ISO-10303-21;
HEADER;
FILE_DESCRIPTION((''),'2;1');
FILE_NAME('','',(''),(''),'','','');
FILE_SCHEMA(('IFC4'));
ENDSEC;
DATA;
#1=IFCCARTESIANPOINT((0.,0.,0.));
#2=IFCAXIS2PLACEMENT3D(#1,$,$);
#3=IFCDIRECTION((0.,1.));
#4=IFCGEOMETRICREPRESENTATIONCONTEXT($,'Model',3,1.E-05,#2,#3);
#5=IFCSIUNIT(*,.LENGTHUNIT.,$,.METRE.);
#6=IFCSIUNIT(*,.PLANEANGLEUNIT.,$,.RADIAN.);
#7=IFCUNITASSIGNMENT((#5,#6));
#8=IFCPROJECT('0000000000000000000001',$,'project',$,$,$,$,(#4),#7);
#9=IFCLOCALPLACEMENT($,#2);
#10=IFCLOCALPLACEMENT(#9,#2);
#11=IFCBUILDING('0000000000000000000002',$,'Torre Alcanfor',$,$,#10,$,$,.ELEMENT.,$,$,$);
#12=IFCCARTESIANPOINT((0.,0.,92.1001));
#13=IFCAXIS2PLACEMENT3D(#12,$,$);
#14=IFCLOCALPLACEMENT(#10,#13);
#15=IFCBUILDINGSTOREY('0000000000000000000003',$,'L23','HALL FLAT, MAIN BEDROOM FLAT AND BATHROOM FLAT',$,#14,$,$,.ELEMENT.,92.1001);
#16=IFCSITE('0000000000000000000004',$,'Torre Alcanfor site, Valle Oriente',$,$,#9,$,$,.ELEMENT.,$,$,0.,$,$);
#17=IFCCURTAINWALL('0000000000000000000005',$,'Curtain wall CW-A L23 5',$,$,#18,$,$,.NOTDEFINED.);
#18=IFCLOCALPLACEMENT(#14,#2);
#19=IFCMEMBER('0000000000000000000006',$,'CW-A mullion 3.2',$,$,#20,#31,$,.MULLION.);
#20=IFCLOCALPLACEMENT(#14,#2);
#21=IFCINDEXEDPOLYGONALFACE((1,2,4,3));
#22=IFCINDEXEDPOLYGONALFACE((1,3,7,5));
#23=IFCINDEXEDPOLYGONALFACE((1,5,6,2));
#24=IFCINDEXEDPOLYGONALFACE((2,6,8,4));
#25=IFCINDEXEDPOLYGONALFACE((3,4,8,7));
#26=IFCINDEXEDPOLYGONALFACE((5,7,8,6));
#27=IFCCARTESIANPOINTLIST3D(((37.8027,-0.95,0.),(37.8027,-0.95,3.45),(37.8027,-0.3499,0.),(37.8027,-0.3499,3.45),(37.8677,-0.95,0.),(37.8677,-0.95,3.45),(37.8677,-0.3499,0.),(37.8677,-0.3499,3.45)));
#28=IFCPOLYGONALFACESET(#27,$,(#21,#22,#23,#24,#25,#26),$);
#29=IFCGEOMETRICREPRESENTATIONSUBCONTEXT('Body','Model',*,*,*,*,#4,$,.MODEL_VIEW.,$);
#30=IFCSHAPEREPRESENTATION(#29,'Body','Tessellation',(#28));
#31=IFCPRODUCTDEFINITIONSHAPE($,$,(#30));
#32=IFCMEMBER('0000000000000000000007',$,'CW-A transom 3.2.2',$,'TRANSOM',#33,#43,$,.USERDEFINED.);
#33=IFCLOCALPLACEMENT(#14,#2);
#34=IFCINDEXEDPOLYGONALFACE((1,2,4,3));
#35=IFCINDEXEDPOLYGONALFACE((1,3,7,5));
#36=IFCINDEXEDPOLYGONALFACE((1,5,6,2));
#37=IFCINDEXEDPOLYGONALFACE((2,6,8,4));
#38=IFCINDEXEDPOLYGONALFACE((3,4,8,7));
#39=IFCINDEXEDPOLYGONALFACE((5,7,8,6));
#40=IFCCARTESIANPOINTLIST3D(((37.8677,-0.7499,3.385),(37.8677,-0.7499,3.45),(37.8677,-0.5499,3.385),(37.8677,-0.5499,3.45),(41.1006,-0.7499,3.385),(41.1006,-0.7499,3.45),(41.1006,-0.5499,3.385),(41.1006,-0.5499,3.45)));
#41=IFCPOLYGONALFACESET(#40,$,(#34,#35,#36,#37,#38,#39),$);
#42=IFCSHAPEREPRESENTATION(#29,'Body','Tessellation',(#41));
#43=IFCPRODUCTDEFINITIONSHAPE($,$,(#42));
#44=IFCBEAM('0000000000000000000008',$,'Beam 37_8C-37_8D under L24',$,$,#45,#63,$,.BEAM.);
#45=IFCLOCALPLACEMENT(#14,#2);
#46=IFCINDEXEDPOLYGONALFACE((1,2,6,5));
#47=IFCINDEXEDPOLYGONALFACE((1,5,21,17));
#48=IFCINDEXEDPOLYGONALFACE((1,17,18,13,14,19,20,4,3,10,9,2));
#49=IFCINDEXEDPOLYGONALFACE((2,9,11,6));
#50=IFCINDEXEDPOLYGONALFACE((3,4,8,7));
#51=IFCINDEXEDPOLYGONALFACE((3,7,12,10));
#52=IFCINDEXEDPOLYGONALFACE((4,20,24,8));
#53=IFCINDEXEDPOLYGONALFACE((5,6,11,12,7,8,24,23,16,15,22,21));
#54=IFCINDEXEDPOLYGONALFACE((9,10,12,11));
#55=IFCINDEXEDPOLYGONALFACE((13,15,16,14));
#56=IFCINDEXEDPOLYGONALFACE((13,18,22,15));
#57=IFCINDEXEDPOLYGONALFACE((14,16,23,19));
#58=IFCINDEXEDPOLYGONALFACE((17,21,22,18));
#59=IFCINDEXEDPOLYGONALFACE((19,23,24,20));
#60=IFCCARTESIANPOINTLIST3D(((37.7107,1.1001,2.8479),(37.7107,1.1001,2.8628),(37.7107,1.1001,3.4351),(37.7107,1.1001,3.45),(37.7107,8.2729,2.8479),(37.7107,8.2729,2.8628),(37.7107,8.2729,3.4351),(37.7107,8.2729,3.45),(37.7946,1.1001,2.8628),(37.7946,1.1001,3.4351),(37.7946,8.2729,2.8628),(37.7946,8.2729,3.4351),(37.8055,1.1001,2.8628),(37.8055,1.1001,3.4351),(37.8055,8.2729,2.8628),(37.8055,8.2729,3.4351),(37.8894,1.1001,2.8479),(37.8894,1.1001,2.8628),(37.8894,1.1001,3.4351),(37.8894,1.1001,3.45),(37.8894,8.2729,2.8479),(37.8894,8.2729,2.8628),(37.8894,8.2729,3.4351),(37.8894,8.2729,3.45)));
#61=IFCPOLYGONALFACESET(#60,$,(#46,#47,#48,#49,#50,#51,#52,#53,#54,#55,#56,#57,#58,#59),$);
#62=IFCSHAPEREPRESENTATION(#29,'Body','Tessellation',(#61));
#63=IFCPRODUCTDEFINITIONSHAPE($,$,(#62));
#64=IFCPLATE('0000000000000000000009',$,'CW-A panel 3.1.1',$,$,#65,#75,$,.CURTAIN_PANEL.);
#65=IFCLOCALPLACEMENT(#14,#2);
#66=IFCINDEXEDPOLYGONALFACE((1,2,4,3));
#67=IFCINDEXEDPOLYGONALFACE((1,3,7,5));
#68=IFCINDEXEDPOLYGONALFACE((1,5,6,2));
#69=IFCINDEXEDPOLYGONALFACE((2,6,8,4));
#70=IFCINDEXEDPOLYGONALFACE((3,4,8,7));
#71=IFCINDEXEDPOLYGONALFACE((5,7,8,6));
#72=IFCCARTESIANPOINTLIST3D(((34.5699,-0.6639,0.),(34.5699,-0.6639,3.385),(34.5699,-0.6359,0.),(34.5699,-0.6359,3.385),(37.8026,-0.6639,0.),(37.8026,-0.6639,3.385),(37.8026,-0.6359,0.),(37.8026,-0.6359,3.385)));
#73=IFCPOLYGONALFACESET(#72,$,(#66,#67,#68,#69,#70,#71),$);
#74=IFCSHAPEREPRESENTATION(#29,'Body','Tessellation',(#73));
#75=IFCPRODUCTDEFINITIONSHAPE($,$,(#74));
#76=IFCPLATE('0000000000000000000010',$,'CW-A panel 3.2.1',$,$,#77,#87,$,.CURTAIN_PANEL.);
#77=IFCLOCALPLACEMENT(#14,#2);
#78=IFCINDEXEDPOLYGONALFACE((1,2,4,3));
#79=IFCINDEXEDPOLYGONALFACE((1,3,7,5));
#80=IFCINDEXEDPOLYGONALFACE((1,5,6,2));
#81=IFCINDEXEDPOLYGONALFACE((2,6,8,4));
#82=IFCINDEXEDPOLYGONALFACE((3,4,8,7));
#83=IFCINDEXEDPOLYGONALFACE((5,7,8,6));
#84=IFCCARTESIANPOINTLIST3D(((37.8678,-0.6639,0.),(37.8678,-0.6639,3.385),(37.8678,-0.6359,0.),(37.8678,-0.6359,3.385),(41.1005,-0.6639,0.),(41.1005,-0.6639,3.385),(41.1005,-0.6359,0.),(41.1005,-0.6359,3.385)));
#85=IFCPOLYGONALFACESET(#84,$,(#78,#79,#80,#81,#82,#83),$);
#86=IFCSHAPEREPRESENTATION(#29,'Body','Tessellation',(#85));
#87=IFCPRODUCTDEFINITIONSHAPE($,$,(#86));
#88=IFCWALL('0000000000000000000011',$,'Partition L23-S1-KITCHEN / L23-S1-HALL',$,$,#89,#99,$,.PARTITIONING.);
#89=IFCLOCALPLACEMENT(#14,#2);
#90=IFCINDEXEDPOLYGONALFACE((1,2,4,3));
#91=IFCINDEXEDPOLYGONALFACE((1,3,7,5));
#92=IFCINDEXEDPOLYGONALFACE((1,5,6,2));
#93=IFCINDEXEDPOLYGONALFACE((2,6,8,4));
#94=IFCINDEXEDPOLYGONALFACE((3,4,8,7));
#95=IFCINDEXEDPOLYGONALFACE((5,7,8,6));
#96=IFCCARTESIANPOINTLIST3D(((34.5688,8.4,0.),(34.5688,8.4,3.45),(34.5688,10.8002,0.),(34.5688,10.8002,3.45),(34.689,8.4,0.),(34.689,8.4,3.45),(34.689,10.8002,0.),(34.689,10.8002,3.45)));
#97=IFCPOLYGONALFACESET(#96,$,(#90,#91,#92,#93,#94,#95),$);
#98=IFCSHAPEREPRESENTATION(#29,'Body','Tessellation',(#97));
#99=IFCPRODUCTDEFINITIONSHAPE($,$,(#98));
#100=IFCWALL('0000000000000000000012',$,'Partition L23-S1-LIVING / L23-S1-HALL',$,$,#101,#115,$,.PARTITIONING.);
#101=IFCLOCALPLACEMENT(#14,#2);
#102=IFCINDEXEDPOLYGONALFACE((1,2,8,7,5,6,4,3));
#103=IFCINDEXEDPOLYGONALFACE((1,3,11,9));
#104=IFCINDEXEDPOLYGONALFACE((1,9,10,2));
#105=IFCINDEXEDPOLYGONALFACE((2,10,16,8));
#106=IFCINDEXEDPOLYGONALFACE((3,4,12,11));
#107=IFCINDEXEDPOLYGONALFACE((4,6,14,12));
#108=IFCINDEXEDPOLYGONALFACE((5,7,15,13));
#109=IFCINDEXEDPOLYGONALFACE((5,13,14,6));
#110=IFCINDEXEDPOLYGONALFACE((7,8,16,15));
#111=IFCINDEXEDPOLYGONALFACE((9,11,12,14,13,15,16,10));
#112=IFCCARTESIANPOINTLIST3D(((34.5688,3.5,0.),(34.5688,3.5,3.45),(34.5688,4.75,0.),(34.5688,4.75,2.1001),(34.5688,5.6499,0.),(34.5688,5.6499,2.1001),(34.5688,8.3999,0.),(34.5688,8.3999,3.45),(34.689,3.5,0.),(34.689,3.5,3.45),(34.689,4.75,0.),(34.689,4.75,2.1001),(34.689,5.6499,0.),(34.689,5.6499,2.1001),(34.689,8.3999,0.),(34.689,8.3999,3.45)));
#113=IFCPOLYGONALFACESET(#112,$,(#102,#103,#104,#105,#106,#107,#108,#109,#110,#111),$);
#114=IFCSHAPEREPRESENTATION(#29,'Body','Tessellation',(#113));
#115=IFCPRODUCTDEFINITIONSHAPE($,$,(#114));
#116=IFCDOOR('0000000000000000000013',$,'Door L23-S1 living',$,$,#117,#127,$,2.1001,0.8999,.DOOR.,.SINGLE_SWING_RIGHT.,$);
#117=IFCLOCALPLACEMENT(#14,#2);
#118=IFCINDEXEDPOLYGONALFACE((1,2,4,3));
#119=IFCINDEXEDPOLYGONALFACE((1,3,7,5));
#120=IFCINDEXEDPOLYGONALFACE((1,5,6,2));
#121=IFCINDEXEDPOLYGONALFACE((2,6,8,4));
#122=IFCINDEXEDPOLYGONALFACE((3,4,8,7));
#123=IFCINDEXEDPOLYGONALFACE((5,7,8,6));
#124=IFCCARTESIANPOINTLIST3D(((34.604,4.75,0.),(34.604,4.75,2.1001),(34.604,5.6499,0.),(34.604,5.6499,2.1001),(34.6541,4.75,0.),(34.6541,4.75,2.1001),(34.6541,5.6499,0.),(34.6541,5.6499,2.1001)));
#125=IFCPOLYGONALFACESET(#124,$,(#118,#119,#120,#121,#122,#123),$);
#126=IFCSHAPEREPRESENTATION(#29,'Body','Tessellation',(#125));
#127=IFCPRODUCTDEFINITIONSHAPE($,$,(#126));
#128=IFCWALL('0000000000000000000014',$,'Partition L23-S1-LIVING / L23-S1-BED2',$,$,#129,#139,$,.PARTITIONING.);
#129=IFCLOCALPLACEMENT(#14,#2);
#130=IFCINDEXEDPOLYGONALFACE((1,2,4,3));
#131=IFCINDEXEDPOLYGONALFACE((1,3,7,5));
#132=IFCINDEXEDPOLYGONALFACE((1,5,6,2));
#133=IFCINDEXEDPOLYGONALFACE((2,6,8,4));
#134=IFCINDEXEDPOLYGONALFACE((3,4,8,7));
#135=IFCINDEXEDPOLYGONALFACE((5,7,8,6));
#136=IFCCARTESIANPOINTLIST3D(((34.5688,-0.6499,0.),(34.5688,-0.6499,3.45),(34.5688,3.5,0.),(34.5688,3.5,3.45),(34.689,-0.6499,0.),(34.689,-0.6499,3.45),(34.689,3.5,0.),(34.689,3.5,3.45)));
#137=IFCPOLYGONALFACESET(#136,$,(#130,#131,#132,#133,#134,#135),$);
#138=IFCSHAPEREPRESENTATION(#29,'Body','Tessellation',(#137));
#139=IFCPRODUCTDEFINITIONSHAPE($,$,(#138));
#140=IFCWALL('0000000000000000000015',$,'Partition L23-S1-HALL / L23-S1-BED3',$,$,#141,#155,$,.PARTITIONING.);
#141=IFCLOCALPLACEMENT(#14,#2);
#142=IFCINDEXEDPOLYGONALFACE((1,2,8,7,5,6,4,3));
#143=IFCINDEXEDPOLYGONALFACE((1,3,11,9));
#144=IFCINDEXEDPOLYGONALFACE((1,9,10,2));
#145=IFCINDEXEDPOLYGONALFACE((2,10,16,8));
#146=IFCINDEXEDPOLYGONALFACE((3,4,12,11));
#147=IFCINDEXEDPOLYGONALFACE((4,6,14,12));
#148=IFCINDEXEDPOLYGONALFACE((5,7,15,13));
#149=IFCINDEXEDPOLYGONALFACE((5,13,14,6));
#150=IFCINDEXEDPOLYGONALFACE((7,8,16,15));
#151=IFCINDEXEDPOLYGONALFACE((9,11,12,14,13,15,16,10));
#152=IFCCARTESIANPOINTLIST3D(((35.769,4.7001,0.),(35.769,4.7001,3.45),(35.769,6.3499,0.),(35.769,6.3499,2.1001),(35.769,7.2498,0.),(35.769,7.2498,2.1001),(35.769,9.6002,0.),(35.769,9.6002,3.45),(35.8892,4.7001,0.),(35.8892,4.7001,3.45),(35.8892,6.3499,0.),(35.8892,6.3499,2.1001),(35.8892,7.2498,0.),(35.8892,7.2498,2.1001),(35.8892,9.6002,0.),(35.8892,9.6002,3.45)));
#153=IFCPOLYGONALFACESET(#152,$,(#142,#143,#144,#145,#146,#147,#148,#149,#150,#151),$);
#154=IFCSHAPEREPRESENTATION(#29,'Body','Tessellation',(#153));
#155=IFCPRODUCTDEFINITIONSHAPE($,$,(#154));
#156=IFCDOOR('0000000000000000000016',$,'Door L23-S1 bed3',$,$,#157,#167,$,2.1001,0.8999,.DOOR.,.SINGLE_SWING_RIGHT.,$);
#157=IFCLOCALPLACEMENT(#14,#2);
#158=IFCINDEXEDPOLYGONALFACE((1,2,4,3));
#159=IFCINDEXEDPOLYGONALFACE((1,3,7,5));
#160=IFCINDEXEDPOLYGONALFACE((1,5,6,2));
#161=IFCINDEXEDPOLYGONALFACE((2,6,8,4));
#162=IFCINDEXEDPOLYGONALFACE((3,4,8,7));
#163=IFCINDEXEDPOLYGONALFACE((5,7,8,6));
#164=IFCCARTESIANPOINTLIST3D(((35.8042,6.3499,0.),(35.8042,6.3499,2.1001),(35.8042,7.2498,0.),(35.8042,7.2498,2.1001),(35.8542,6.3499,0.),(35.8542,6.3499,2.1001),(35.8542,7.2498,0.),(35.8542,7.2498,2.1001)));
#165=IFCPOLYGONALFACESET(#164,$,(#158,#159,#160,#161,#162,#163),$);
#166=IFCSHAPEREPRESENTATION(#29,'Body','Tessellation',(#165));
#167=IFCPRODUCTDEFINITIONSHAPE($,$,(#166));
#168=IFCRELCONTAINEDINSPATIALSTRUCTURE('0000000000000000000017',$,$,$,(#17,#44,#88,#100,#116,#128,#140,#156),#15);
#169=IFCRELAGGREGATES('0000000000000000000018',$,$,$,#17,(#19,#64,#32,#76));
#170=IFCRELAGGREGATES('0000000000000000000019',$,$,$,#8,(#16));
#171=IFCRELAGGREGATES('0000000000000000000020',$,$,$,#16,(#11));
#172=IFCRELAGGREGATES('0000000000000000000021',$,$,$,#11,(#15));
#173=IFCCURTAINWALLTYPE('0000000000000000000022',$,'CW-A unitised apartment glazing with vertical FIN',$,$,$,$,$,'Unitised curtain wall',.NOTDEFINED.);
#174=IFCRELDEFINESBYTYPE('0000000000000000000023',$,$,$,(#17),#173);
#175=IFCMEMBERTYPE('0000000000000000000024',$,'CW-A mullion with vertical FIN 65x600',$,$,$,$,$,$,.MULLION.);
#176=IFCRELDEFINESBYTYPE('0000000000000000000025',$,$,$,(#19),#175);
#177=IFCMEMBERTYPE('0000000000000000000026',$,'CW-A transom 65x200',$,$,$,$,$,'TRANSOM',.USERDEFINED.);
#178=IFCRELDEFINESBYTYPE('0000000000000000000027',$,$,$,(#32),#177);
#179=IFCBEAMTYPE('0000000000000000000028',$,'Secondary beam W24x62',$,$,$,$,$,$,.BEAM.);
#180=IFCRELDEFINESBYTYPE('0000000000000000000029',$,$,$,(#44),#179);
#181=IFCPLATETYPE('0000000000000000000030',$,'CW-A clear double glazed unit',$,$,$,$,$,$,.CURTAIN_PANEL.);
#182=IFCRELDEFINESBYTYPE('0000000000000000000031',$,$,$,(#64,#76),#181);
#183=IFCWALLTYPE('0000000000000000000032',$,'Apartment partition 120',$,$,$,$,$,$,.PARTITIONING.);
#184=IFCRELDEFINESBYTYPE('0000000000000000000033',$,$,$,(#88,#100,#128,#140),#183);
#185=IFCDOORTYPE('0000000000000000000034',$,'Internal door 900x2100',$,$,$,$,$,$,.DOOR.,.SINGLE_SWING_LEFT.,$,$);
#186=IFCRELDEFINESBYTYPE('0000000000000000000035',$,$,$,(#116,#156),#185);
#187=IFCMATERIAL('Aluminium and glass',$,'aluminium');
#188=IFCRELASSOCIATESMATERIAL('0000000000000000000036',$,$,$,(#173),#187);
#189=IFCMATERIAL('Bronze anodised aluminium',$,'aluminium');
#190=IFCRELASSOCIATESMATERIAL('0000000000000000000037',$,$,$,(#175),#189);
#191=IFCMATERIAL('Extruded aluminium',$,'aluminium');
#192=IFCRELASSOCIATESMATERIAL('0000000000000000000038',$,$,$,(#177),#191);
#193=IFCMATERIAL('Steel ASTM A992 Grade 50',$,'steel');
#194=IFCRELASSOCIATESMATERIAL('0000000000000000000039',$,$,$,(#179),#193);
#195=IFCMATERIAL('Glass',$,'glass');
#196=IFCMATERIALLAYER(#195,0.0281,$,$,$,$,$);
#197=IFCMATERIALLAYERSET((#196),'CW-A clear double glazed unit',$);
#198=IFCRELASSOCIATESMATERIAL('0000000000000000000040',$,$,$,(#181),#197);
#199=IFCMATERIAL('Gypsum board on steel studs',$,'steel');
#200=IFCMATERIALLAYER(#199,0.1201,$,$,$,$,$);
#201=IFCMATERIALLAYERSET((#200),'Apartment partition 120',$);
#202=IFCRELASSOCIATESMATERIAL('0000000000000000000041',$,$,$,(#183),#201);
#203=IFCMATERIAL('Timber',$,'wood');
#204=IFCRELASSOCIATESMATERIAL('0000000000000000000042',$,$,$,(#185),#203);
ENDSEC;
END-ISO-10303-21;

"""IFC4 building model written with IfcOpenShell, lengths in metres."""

from ifc_helpers import new_model, si_unit, direction, frame, frame_2d, origin, origin_2d, place, context, subcontext, project, spatial, rectangle, i_section, extrude, material, layer, layer_set, material_profile, profile_set, type_object, element, fill, aggregate, save


model = new_model("IFC4")

# Units and contexts
model_context = context("Model", 3, precision=1e-05, world=origin(), true_north=direction((0.0, 1.0)))
body_context = subcontext(model_context, "Body", "Model", "MODEL_VIEW")
ifc_project = project(units=[si_unit("LENGTHUNIT", "METRE"), si_unit("PLANEANGLEUNIT", "RADIAN")], contexts=[model_context])

# Site, building, storey
site_placement = place(None, origin())
site = spatial("IfcSite", under=ifc_project, at=site_placement, Name="Torre Alcanfor site, Valle Oriente", CompositionType="ELEMENT", RefElevation=0.0)
building_placement = place(site_placement, origin())
building = spatial("IfcBuilding", under=site, at=building_placement, Name="Torre Alcanfor", CompositionType="ELEMENT")
storey_placement = place(building_placement, frame((0.0, 0.0, 92.1001)))
storey = spatial("IfcBuildingStorey", under=building, at=storey_placement, Name="L23", Description="HALL FLAT, MAIN BEDROOM FLAT AND BATHROOM FLAT", CompositionType="ELEMENT", Elevation=92.1001)

# Curtain wall, members
ifc_material_1 = material(Name="Aluminium and glass", Category="aluminium")
curtain_wall_type = type_object("IfcCurtainWallType", Name="CW-A unitised apartment glazing with vertical FIN", ElementType="Unitised curtain wall", PredefinedType="NOTDEFINED", material=ifc_material_1)
curtain_wall_placement = place(storey_placement, origin())
curtain_wall = element("IfcCurtainWall", 1, at=curtain_wall_placement, inside=storey, type_object=curtain_wall_type, Name="Curtain wall CW-A L23 5", PredefinedType="NOTDEFINED")
ifc_material_2 = material(Name="Bronze anodised aluminium", Category="aluminium")
ifc_material_profile_1 = material_profile(ifc_material_2, rectangle(XDim=0.6001, YDim=0.0649, at=origin_2d()), Name="CW-A mullion 65x600")
ifc_profile_set_1 = profile_set([ifc_material_profile_1], Name="Bronze anodised aluminium")
member_type_1 = type_object("IfcMemberType", Name="CW-A mullion with vertical FIN 65x600", PredefinedType="MULLION", material=ifc_profile_set_1)
member_1_placement = place(storey_placement, frame((37.8352, -0.6499, 0.0), z_axis=(0.0, 0.0, 1.0), x_axis=(0.0, 1.0, 0.0)))
member_1 = element("IfcMember", 2, at=member_1_placement, type_object=member_type_1, Name="CW-A mullion 3.2", PredefinedType="MULLION", context=body_context, shape_type="SweptSolid", body=[
    extrude(rectangle(XDim=0.6001, YDim=0.0649, at=origin_2d()), origin(), (0.0, 0.0, 1.0), 3.45),
])
ifc_material_3 = material(Name="Extruded aluminium", Category="aluminium")
ifc_material_profile_2 = material_profile(ifc_material_3, rectangle(XDim=0.2, YDim=0.0649, at=origin_2d()), Name="CW-A transom 200x65")
ifc_profile_set_2 = profile_set([ifc_material_profile_2], Name="Extruded aluminium")
member_type_2 = type_object("IfcMemberType", Name="CW-A transom 65x200", ElementType="TRANSOM", PredefinedType="USERDEFINED", material=ifc_profile_set_2)
member_2_placement = place(storey_placement, frame((37.8677, -0.6499, 3.4175), z_axis=(1.0, 0.0, 0.0), x_axis=(0.0, 1.0, 0.0)))
member_2 = element("IfcMember", 3, at=member_2_placement, type_object=member_type_2, Name="CW-A transom 3.2.2", ObjectType="TRANSOM", PredefinedType="USERDEFINED", context=body_context, shape_type="SweptSolid", body=[
    extrude(rectangle(XDim=0.2, YDim=0.0649, at=origin_2d()), origin(), (0.0, 0.0, 1.0), 3.2329),
])

# Beam
ifc_material_4 = material(Name="Steel ASTM A992 Grade 50", Category="steel")
ifc_material_profile_3 = material_profile(ifc_material_4, i_section(OverallWidth=0.1787, OverallDepth=0.6021, WebThickness=0.011, FlangeThickness=0.0149, at=origin_2d()), Name="W24x62")
ifc_profile_set_3 = profile_set([ifc_material_profile_3], Name="Steel ASTM A992 Grade 50")
beam_type = type_object("IfcBeamType", Name="Secondary beam W24x62", PredefinedType="BEAM", material=ifc_profile_set_3)
beam_placement = place(storey_placement, frame((37.8, 1.1001, 3.1489), z_axis=(0.0, 1.0, 0.0), x_axis=(-1.0, 0.0, 0.0)))
element("IfcBeam", 4, at=beam_placement, inside=storey, type_object=beam_type, Name="Beam 37_8C-37_8D under L24", PredefinedType="BEAM", context=body_context, shape_type="SweptSolid", body=[
    extrude(i_section(OverallWidth=0.1787, OverallDepth=0.6021, WebThickness=0.011, FlangeThickness=0.0149, at=origin_2d()), origin(), (0.0, 0.0, 1.0), 7.1729),
])

# Plates
ifc_material_5 = material(Name="Glass", Category="glass")
ifc_layer_1 = layer(ifc_material_5, 0.0281)
ifc_layer_set_1 = layer_set([ifc_layer_1], Name="CW-A clear double glazed unit")
plate_type = type_object("IfcPlateType", Name="CW-A clear double glazed unit", PredefinedType="CURTAIN_PANEL", material=ifc_layer_set_1)
plate_1_placement = place(storey_placement, frame((36.1863, -0.6499, 0.0), z_axis=(0.0, 0.0, 1.0), x_axis=(1.0, 0.0, 0.0)))
plate_1 = element("IfcPlate", 5, at=plate_1_placement, type_object=plate_type, Name="CW-A panel 3.1.1", PredefinedType="CURTAIN_PANEL", context=body_context, shape_type="SweptSolid", body=[
    extrude(rectangle(XDim=3.2327, YDim=0.0281, at=origin_2d()), origin(), (0.0, 0.0, 1.0), 3.385),
])
plate_2_placement = place(storey_placement, frame((39.4841, -0.6499, 0.0), z_axis=(0.0, 0.0, 1.0), x_axis=(1.0, 0.0, 0.0)))
plate_2 = element("IfcPlate", 6, at=plate_2_placement, type_object=plate_type, Name="CW-A panel 3.2.1", PredefinedType="CURTAIN_PANEL", context=body_context, shape_type="SweptSolid", body=[
    extrude(rectangle(XDim=3.2327, YDim=0.0281, at=origin_2d()), origin(), (0.0, 0.0, 1.0), 3.385),
])
aggregate(curtain_wall, [member_1, plate_1, member_2, plate_2])

# Wall
ifc_material_6 = material(Name="Gypsum board on steel studs", Category="steel")
ifc_layer_2 = layer(ifc_material_6, 0.1201)
ifc_layer_set_2 = layer_set([ifc_layer_2], Name="Apartment partition 120")
wall_type = type_object("IfcWallType", Name="Apartment partition 120", PredefinedType="PARTITIONING", material=ifc_layer_set_2)
wall_1_placement = place(storey_placement, frame((34.6289, 8.3999, 0.0), z_axis=(0.0, 0.0, 1.0), x_axis=(0.0, 1.0, 0.0)))
element("IfcWall", 7, at=wall_1_placement, inside=storey, type_object=wall_type, Name="Partition L23-S1-KITCHEN / L23-S1-HALL", PredefinedType="PARTITIONING", context=body_context, shape_type="SweptSolid", body=[
    extrude(rectangle(XDim=2.4001, YDim=0.1201, at=frame_2d((1.2002, 0.0))), origin(), (0.0, 0.0, 1.0), 3.45),
])

# Wall, opening, door
wall_2_placement = place(storey_placement, frame((34.6289, 3.5, 0.0), z_axis=(0.0, 0.0, 1.0), x_axis=(0.0, 1.0, 0.0)))
wall_2 = element("IfcWall", 8, at=wall_2_placement, inside=storey, type_object=wall_type, Name="Partition L23-S1-LIVING / L23-S1-HALL", PredefinedType="PARTITIONING", context=body_context, shape_type="SweptSolid", body=[
    extrude(rectangle(XDim=4.8999, YDim=0.1201, at=frame_2d((2.45, 0.0))), origin(), (0.0, 0.0, 1.0), 3.45),
])
opening_1_placement = place(wall_2_placement, frame((1.25, 0.0, 0.0)))
opening_1 = element("IfcOpeningElement", 9, at=opening_1_placement, cuts=wall_2, PredefinedType="OPENING", context=body_context, shape_type="SweptSolid", body=[
    extrude(rectangle(XDim=0.8999, YDim=2.1001, at=frame_2d((0.45, 1.05))), frame((0.0, 0.0701, 0.0), z_axis=(0.0, -1.0, 0.0), x_axis=(1.0, 0.0, 0.0)), (0.0, 0.0, 1.0), 0.1401),
])
ifc_material_7 = material(Name="Timber", Category="wood")
door_type = type_object("IfcDoorType", Name="Internal door 900x2100", OperationType="SINGLE_SWING_LEFT", PredefinedType="DOOR", material=ifc_material_7)
door_1_placement = place(opening_1_placement, origin())
door_1 = element("IfcDoor", 10, at=door_1_placement, inside=storey, type_object=door_type, Name="Door L23-S1 living", OperationType="SINGLE_SWING_RIGHT", OverallHeight=2.1001, OverallWidth=0.8999, PredefinedType="DOOR", context=body_context, shape_type="SweptSolid", body=[
    extrude(rectangle(XDim=0.8999, YDim=2.1001, at=frame_2d((0.45, 1.05))), frame((0.0, 0.0249, 0.0), z_axis=(0.0, -1.0, 0.0), x_axis=(1.0, 0.0, 0.0)), (0.0, 0.0, 1.0), 0.05),
])
fill(opening_1, door_1)

# Wall
wall_3_placement = place(storey_placement, frame((34.6289, -0.6499, 0.0), z_axis=(0.0, 0.0, 1.0), x_axis=(0.0, 1.0, 0.0)))
element("IfcWall", 11, at=wall_3_placement, inside=storey, type_object=wall_type, Name="Partition L23-S1-LIVING / L23-S1-BED2", PredefinedType="PARTITIONING", context=body_context, shape_type="SweptSolid", body=[
    extrude(rectangle(XDim=4.1499, YDim=0.1201, at=frame_2d((2.075, 0.0))), origin(), (0.0, 0.0, 1.0), 3.45),
])

# Wall, opening, door
wall_4_placement = place(storey_placement, frame((35.8291, 4.7, 0.0), z_axis=(0.0, 0.0, 1.0), x_axis=(0.0, 1.0, 0.0)))
wall_4 = element("IfcWall", 12, at=wall_4_placement, inside=storey, type_object=wall_type, Name="Partition L23-S1-HALL / L23-S1-BED3", PredefinedType="PARTITIONING", context=body_context, shape_type="SweptSolid", body=[
    extrude(rectangle(XDim=4.9001, YDim=0.1201, at=frame_2d((2.4502, 0.0))), origin(), (0.0, 0.0, 1.0), 3.45),
])
opening_2_placement = place(wall_4_placement, frame((1.6499, 0.0, 0.0)))
opening_2 = element("IfcOpeningElement", 13, at=opening_2_placement, cuts=wall_4, PredefinedType="OPENING", context=body_context, shape_type="SweptSolid", body=[
    extrude(rectangle(XDim=0.8999, YDim=2.1001, at=frame_2d((0.45, 1.05))), frame((0.0, 0.0701, 0.0), z_axis=(0.0, -1.0, 0.0), x_axis=(1.0, 0.0, 0.0)), (0.0, 0.0, 1.0), 0.1401),
])
door_2_placement = place(opening_2_placement, frame((0.8999, 0.0, 0.0), z_axis=(0.0, 0.0, 1.0), x_axis=(-1.0, 0.0, 0.0)))
door_2 = element("IfcDoor", 14, at=door_2_placement, inside=storey, type_object=door_type, Name="Door L23-S1 bed3", OperationType="SINGLE_SWING_RIGHT", OverallHeight=2.1001, OverallWidth=0.8999, PredefinedType="DOOR", context=body_context, shape_type="SweptSolid", body=[
    extrude(rectangle(XDim=0.8999, YDim=2.1001, at=frame_2d((0.45, 1.05))), frame((0.0, 0.0251, 0.0), z_axis=(0.0, -1.0, 0.0), x_axis=(1.0, 0.0, 0.0)), (0.0, 0.0, 1.0), 0.05),
])
fill(opening_2, door_2)

save(model, "model.ifc")
